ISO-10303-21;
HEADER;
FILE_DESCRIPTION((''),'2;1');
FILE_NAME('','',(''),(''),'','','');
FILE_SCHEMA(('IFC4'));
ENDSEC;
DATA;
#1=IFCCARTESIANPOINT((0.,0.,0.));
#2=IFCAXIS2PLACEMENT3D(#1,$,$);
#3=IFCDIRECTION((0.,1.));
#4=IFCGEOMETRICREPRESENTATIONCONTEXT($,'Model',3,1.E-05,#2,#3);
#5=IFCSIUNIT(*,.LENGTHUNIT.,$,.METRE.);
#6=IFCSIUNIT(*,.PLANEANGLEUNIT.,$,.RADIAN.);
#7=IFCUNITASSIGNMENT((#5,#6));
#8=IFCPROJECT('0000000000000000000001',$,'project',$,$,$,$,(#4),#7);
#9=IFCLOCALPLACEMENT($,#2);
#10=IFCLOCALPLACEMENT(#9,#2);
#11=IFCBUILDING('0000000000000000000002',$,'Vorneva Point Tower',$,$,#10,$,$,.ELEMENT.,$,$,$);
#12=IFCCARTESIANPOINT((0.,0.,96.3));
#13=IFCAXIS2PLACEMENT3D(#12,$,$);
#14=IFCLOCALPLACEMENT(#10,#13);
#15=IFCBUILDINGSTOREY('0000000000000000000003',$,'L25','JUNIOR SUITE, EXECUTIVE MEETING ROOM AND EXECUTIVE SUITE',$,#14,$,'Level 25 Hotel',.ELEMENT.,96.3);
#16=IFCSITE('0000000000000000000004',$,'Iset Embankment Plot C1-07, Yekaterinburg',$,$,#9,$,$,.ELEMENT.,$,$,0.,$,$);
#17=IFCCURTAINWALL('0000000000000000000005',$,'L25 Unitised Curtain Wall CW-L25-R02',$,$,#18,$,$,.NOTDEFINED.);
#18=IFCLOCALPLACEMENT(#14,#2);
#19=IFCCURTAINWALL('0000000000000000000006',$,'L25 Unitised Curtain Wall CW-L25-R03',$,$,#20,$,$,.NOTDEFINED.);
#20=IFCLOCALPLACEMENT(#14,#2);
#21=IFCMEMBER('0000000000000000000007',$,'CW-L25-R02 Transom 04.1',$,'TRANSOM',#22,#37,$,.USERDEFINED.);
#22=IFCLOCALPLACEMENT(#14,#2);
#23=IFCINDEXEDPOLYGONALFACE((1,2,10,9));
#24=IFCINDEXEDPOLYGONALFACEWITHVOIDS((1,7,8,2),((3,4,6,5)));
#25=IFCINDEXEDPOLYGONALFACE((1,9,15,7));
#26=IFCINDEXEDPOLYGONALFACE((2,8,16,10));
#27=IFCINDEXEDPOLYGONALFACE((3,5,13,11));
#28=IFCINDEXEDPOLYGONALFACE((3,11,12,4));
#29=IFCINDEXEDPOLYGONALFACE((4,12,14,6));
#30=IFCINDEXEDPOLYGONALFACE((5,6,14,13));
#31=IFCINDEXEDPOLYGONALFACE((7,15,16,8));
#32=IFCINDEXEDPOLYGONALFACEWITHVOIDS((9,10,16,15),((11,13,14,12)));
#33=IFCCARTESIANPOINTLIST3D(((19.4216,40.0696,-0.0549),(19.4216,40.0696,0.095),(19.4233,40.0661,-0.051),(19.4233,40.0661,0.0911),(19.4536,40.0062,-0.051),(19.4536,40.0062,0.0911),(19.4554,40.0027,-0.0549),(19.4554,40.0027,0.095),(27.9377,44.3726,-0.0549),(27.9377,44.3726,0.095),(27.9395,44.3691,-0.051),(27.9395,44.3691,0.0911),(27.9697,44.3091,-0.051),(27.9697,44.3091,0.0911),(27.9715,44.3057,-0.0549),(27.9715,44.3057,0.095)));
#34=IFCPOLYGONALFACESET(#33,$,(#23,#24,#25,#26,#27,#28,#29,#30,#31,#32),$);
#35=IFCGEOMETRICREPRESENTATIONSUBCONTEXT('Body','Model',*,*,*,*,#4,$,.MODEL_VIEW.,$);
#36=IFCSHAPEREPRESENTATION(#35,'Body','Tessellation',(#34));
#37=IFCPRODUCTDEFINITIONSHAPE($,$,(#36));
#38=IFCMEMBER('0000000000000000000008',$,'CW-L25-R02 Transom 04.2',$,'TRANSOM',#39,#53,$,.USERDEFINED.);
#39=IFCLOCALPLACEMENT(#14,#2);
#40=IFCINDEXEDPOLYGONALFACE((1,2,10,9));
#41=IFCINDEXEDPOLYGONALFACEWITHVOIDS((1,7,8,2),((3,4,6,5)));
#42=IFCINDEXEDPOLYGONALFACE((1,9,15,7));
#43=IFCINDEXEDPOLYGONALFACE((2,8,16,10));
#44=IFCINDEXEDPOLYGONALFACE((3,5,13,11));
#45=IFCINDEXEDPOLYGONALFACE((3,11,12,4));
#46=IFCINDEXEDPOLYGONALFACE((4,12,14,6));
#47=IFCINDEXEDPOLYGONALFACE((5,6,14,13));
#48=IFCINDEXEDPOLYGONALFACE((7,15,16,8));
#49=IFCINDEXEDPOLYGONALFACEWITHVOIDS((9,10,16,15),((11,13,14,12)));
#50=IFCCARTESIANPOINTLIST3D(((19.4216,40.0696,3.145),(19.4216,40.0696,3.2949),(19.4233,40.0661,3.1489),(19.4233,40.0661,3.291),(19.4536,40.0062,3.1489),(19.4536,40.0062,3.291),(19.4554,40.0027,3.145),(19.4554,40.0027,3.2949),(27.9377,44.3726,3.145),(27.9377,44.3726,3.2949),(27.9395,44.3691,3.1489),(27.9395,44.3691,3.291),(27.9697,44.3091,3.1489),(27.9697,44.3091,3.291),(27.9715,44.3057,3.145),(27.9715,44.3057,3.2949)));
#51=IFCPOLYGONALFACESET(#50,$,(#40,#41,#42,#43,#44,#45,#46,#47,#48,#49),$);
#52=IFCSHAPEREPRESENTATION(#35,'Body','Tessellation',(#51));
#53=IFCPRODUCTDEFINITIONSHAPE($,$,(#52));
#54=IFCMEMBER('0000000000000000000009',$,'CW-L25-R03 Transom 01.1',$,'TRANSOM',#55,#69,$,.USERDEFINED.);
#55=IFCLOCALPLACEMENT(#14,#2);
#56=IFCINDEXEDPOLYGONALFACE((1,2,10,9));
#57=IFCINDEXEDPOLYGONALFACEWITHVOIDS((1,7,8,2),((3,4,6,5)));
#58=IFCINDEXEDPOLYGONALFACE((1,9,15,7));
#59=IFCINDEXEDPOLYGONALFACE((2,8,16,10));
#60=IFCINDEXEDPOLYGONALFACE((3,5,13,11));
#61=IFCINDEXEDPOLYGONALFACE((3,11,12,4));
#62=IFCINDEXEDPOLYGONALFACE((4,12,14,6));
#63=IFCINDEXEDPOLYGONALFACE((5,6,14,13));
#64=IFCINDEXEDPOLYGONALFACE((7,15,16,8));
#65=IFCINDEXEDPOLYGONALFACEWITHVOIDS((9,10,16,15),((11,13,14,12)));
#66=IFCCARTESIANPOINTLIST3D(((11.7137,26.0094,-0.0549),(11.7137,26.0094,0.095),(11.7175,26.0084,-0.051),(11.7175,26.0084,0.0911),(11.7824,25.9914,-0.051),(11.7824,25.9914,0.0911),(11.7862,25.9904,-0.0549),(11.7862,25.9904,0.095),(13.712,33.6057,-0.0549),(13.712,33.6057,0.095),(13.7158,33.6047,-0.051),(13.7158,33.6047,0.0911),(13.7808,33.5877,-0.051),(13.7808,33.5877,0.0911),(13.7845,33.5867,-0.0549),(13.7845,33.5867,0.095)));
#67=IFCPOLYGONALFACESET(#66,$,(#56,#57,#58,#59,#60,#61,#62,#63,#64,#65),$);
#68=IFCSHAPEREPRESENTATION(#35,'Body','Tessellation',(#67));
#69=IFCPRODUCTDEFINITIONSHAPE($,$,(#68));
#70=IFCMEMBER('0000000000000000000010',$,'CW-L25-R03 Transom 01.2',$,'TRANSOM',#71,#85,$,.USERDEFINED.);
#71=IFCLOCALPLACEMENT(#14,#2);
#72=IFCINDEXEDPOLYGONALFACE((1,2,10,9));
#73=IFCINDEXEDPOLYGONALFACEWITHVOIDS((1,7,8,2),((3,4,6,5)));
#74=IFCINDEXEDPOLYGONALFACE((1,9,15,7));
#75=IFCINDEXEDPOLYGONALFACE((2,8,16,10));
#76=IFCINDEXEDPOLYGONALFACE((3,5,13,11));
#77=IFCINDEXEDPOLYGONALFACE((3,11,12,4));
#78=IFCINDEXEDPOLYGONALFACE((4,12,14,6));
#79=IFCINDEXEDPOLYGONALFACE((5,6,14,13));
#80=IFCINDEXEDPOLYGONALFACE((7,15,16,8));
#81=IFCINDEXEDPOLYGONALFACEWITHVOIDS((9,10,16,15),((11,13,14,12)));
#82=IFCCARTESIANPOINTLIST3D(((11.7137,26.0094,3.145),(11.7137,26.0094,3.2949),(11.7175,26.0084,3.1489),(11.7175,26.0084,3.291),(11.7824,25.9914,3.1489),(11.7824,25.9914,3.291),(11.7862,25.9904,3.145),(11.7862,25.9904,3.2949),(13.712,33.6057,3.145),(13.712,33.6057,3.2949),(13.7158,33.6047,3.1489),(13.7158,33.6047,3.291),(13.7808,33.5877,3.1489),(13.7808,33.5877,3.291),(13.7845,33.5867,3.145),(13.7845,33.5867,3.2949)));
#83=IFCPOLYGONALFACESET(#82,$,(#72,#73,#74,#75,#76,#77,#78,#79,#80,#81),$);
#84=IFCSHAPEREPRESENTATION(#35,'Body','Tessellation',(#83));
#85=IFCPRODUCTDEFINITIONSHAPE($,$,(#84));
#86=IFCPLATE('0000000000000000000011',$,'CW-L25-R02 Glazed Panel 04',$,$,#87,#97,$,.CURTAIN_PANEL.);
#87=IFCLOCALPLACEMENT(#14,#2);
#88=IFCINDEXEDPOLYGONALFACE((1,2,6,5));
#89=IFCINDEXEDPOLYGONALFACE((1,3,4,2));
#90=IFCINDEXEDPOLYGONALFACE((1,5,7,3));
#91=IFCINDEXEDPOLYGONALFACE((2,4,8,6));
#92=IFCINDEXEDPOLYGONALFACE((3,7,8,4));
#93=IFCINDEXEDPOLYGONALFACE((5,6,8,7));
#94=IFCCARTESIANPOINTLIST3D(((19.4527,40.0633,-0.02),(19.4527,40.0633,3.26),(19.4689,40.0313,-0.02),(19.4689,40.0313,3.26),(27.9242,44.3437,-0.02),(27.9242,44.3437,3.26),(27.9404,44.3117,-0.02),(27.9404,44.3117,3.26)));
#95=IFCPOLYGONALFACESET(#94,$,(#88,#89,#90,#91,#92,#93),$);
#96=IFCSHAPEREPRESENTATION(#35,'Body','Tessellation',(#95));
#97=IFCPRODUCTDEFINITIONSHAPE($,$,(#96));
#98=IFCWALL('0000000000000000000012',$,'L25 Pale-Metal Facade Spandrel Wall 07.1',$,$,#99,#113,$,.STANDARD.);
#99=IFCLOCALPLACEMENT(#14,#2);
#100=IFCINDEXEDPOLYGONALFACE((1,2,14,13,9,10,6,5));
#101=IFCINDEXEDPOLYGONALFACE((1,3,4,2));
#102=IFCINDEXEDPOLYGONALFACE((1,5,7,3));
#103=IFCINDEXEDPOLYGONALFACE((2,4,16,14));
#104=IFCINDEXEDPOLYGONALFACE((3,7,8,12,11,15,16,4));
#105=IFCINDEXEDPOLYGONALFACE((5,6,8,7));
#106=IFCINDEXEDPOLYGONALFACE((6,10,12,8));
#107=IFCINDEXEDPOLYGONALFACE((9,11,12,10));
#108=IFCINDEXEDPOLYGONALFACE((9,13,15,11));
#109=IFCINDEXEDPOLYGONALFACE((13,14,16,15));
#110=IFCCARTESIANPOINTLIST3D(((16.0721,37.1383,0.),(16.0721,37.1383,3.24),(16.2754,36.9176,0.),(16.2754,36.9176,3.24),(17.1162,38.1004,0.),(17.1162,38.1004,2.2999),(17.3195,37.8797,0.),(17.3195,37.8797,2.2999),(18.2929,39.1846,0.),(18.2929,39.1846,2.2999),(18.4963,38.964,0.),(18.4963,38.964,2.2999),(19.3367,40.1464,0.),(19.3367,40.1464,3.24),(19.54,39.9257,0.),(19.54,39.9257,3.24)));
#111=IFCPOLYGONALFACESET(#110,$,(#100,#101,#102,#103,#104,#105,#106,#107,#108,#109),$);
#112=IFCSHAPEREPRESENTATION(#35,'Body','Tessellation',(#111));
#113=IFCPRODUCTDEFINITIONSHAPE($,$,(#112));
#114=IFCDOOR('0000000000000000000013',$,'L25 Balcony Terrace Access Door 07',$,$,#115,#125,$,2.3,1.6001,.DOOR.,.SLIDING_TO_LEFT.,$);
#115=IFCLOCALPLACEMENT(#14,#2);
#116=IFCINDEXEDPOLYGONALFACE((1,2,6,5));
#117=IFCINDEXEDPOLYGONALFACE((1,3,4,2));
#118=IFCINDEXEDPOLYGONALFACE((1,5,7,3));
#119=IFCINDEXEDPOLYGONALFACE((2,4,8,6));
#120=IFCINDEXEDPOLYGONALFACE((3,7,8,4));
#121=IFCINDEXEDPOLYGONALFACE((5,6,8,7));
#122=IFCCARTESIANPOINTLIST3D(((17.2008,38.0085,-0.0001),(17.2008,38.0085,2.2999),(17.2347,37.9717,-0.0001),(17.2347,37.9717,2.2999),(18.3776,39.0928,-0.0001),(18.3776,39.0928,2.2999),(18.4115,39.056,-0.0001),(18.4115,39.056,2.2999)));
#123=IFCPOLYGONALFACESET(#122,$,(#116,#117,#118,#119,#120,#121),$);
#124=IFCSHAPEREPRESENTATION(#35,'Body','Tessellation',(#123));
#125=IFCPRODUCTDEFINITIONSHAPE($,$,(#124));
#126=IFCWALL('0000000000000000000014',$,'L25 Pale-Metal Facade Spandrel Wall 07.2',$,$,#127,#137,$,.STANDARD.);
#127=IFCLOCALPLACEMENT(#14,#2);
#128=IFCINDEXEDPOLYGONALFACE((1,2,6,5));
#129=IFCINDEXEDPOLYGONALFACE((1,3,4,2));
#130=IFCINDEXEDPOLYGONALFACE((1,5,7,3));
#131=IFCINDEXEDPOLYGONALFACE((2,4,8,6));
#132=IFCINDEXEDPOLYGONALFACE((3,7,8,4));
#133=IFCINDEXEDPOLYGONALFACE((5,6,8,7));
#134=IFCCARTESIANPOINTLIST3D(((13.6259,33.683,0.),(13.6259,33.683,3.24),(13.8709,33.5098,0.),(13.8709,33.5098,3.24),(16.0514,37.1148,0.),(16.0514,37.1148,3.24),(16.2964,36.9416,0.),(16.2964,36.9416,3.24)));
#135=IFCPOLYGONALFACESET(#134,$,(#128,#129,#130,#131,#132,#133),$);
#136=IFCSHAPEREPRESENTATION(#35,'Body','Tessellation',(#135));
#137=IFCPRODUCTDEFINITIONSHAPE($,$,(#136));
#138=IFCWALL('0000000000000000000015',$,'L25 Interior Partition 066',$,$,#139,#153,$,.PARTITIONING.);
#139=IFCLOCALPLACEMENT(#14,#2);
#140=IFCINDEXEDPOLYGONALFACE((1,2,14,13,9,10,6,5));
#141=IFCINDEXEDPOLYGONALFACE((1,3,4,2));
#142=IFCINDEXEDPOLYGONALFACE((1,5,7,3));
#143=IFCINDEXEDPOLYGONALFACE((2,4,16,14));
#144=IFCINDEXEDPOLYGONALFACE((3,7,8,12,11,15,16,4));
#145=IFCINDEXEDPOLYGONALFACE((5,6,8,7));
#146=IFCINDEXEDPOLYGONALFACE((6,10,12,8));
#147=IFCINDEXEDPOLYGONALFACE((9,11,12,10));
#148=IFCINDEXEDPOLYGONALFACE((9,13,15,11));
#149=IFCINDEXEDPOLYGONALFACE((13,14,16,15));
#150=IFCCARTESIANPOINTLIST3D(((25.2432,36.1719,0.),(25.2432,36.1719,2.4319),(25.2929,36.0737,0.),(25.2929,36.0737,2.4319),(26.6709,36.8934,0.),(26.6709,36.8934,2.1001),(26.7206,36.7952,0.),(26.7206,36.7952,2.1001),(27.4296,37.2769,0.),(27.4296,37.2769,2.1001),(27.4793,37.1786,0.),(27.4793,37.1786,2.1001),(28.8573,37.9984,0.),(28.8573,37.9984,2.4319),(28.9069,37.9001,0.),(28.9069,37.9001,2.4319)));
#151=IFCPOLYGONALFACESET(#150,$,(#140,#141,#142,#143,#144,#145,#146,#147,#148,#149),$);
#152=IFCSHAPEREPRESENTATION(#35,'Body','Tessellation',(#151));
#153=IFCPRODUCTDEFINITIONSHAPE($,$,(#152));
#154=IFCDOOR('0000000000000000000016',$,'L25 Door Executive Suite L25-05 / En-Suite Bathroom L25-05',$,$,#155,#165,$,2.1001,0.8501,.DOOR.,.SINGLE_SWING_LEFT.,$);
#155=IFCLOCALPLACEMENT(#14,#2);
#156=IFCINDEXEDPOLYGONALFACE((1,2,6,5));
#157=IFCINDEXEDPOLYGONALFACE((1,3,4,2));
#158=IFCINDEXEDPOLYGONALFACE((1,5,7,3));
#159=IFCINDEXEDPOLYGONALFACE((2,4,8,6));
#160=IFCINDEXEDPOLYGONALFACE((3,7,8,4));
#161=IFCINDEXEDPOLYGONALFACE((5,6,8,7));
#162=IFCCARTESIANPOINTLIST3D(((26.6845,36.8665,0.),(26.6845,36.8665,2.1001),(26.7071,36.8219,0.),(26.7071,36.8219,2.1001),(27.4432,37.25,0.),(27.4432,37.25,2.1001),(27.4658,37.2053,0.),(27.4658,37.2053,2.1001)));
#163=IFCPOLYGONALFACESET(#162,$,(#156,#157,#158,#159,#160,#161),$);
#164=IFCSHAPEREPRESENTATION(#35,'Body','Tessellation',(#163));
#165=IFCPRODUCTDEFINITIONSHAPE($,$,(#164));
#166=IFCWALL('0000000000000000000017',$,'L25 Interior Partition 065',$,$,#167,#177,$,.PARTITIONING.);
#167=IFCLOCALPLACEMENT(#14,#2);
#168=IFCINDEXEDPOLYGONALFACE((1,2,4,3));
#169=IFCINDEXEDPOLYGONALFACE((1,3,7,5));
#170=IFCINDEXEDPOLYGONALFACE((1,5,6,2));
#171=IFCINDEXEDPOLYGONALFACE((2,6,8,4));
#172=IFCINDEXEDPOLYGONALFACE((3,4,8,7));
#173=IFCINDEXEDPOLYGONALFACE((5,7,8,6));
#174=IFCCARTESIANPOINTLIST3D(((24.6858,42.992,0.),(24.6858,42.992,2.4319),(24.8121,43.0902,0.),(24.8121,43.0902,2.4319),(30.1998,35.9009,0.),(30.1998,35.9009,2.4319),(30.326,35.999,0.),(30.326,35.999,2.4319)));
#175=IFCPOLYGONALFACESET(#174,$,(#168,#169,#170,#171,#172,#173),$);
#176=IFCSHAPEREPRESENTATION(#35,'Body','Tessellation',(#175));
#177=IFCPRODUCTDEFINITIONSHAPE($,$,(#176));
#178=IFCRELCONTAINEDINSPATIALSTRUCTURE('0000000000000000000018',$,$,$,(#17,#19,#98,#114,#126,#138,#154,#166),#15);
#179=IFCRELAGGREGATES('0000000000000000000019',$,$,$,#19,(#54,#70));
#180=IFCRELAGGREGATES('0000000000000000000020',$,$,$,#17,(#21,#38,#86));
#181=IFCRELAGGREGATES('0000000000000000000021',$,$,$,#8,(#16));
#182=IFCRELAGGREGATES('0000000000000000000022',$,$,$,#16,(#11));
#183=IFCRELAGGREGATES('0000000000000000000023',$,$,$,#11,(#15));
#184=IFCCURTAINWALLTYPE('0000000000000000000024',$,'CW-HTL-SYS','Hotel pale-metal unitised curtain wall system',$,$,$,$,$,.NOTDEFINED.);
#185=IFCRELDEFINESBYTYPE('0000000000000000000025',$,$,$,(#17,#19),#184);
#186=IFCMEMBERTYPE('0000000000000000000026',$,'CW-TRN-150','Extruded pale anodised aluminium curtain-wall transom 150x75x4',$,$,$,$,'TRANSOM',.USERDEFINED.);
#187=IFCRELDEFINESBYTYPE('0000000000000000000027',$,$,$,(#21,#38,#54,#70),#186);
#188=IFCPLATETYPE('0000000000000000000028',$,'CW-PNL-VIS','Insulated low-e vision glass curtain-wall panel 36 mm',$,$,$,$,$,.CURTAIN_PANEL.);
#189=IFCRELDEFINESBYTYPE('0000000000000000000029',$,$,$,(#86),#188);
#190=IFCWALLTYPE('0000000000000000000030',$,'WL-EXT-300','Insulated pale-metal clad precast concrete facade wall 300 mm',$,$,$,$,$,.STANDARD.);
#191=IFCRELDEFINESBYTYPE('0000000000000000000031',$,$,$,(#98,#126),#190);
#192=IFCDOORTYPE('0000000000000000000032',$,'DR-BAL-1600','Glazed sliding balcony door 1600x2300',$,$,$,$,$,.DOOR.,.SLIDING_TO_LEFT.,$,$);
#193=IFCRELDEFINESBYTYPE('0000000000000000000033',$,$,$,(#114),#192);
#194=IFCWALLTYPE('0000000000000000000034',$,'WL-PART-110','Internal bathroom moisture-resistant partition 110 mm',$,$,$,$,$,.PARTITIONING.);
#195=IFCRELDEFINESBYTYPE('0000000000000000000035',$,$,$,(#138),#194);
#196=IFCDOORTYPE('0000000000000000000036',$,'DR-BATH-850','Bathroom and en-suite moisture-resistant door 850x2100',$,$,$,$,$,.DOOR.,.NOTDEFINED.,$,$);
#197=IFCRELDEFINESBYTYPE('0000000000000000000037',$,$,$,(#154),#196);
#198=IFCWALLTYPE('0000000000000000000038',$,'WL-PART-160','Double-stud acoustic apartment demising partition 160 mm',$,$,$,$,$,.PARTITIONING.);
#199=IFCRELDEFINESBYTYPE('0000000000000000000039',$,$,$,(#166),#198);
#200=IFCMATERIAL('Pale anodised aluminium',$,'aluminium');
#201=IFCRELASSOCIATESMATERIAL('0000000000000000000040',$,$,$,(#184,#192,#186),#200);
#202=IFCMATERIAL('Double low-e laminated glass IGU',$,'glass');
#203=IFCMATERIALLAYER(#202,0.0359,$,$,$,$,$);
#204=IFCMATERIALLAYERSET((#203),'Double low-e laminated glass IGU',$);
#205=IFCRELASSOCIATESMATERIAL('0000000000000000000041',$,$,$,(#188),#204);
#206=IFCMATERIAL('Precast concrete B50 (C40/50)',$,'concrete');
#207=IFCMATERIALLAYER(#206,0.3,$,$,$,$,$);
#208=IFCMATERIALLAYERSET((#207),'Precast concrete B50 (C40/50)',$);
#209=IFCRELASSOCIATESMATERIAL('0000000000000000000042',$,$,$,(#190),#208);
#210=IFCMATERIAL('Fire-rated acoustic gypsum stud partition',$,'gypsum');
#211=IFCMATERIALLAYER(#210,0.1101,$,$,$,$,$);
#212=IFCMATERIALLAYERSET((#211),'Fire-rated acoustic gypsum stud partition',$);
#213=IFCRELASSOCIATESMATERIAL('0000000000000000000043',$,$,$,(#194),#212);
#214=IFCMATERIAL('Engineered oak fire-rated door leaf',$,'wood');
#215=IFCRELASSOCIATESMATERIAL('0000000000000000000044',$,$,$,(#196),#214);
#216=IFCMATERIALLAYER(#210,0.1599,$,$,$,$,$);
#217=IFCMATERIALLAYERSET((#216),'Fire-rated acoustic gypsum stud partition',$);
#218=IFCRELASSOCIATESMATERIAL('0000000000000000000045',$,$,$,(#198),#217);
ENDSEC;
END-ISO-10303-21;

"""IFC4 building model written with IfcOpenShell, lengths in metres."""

from ifc_helpers import new_model, si_unit, direction, frame, frame_2d, origin, origin_2d, place, context, subcontext, project, spatial, rectangle, hollow_rectangle, extrude, material, layer, layer_set, material_profile, profile_set, type_object, element, fill, aggregate, save


model = new_model("IFC4")

# Units and contexts
model_context = context("Model", 3, precision=1e-05, world=origin(), true_north=direction((0.0, 1.0)))
body_context = subcontext(model_context, "Body", "Model", "MODEL_VIEW")
ifc_project = project(units=[si_unit("LENGTHUNIT", "METRE"), si_unit("PLANEANGLEUNIT", "RADIAN")], contexts=[model_context])

# Site, building, storey
site_placement = place(None, origin())
site = spatial("IfcSite", under=ifc_project, at=site_placement, Name="Iset Embankment Plot C1-07, Yekaterinburg", CompositionType="ELEMENT", RefElevation=0.0)
building_placement = place(site_placement, origin())
building = spatial("IfcBuilding", under=site, at=building_placement, Name="Vorneva Point Tower", CompositionType="ELEMENT")
storey_placement = place(building_placement, frame((0.0, 0.0, 96.3)))
storey = spatial("IfcBuildingStorey", under=building, at=storey_placement, Name="L25", Description="JUNIOR SUITE, EXECUTIVE MEETING ROOM AND EXECUTIVE SUITE", LongName="Level 25 Hotel", CompositionType="ELEMENT", Elevation=96.3)

# Curtain wall
ifc_material_1 = material(Name="Pale anodised aluminium", Category="aluminium")
curtain_wall_type = type_object("IfcCurtainWallType", Name="CW-HTL-SYS", Description="Hotel pale-metal unitised curtain wall system", PredefinedType="NOTDEFINED", material=ifc_material_1)
curtain_wall_1_placement = place(storey_placement, origin())
curtain_wall_1 = element("IfcCurtainWall", 1, at=curtain_wall_1_placement, inside=storey, type_object=curtain_wall_type, Name="L25 Unitised Curtain Wall CW-L25-R02", PredefinedType="NOTDEFINED")

# Curtain wall
curtain_wall_2_placement = place(storey_placement, origin())
curtain_wall_2 = element("IfcCurtainWall", 2, at=curtain_wall_2_placement, inside=storey, type_object=curtain_wall_type, Name="L25 Unitised Curtain Wall CW-L25-R03", PredefinedType="NOTDEFINED")

# Members
ifc_material_profile_1 = material_profile(ifc_material_1, hollow_rectangle(XDim=0.075, YDim=0.1499, WallThickness=0.0039, at=origin_2d()), Name="AL-TRN 150x75x4")
ifc_profile_set_1 = profile_set([ifc_material_profile_1], Name="Pale anodised aluminium")
member_type_1 = type_object("IfcMemberType", Name="CW-TRN-150", Description="Extruded pale anodised aluminium curtain-wall transom 150x75x4", ElementType="TRANSOM", PredefinedType="USERDEFINED", material=ifc_profile_set_1)
member_1_placement = place(storey_placement, frame((27.9546, 44.3391, 0.02), z_axis=(-0.892536, -0.450976, 0.0), x_axis=(0.450976, -0.892536, 0.0)))
member_1 = element("IfcMember", 3, at=member_1_placement, type_object=member_type_1, Name="CW-L25-R02 Transom 04.1", ObjectType="TRANSOM", PredefinedType="USERDEFINED", context=body_context, shape_type="SweptSolid", body=[
    extrude(hollow_rectangle(XDim=0.075, YDim=0.1499, WallThickness=0.0039, at=origin_2d()), origin(), (0.0, 0.0, 1.0), 9.5415),
])
member_2_placement = place(storey_placement, frame((27.9546, 44.3391, 3.22), z_axis=(-0.892536, -0.450976, 0.0), x_axis=(0.450976, -0.892536, 0.0)))
member_2 = element("IfcMember", 4, at=member_2_placement, type_object=member_type_1, Name="CW-L25-R02 Transom 04.2", ObjectType="TRANSOM", PredefinedType="USERDEFINED", context=body_context, shape_type="SweptSolid", body=[
    extrude(hollow_rectangle(XDim=0.075, YDim=0.1499, WallThickness=0.0039, at=origin_2d()), origin(), (0.0, 0.0, 1.0), 9.5415),
])
member_3_placement = place(storey_placement, frame((13.7483, 33.5962, 0.02), z_axis=(-0.254409, -0.967097, 0.0), x_axis=(0.967097, -0.254409, 0.0)))
member_3 = element("IfcMember", 5, at=member_3_placement, type_object=member_type_1, Name="CW-L25-R03 Transom 01.1", ObjectType="TRANSOM", PredefinedType="USERDEFINED", context=body_context, shape_type="SweptSolid", body=[
    extrude(hollow_rectangle(XDim=0.075, YDim=0.1499, WallThickness=0.0039, at=origin_2d()), origin(), (0.0, 0.0, 1.0), 7.8547),
])
member_4_placement = place(storey_placement, frame((13.7483, 33.5962, 3.22), z_axis=(-0.254409, -0.967097, 0.0), x_axis=(0.967097, -0.254409, 0.0)))
member_4 = element("IfcMember", 6, at=member_4_placement, type_object=member_type_1, Name="CW-L25-R03 Transom 01.2", ObjectType="TRANSOM", PredefinedType="USERDEFINED", context=body_context, shape_type="SweptSolid", body=[
    extrude(hollow_rectangle(XDim=0.075, YDim=0.1499, WallThickness=0.0039, at=origin_2d()), origin(), (0.0, 0.0, 1.0), 7.8547),
])
aggregate(curtain_wall_2, [member_3, member_4])

# Plate
ifc_material_2 = material(Name="Double low-e laminated glass IGU", Category="glass")
ifc_layer_1 = layer(ifc_material_2, 0.0359)
ifc_layer_set_1 = layer_set([ifc_layer_1], Name="Double low-e laminated glass IGU")
plate_type = type_object("IfcPlateType", Name="CW-PNL-VIS", Description="Insulated low-e vision glass curtain-wall panel 36 mm", PredefinedType="CURTAIN_PANEL", material=ifc_layer_set_1)
plate_placement = place(storey_placement, frame((23.6965, 42.1875, -0.02), z_axis=(0.0, 0.0, 1.0), x_axis=(-0.892539, -0.450971, 0.0)))
plate = element("IfcPlate", 7, at=plate_placement, type_object=plate_type, Name="CW-L25-R02 Glazed Panel 04", PredefinedType="CURTAIN_PANEL", context=body_context, shape_type="SweptSolid", body=[
    extrude(rectangle(XDim=9.4915, YDim=0.0359, at=origin_2d()), origin(), (0.0, 0.0, 1.0), 3.28),
])
aggregate(curtain_wall_1, [member_1, member_2, plate])

# Wall, opening, door
ifc_material_3 = material(Name="Precast concrete B50 (C40/50)", Category="concrete")
ifc_layer_2 = layer(ifc_material_3, 0.3)
ifc_layer_set_2 = layer_set([ifc_layer_2], Name="Precast concrete B50 (C40/50)")
wall_type_1 = type_object("IfcWallType", Name="WL-EXT-300", Description="Insulated pale-metal clad precast concrete facade wall 300 mm", PredefinedType="STANDARD", material=ifc_layer_set_2)
wall_1_placement = place(storey_placement, frame((19.4385, 40.0361, 0.0), z_axis=(0.0, 0.0, 1.0), x_axis=(-0.735417, -0.677615, 0.0)))
wall_1 = element("IfcWall", 8, at=wall_1_placement, inside=storey, type_object=wall_type_1, Name="L25 Pale-Metal Facade Spandrel Wall 07.1", PredefinedType="STANDARD", context=body_context, shape_type="SweptSolid", body=[
    extrude(rectangle(XDim=4.4392, YDim=0.3, at=frame_2d((2.2197, 0.0))), origin(), (0.0, 0.0, 1.0), 3.24),
])
opening_1_placement = place(wall_1_placement, frame((1.4194, 0.0, 0.0)))
opening_1 = element("IfcOpeningElement", 9, at=opening_1_placement, cuts=wall_1, PredefinedType="OPENING", context=body_context, shape_type="SweptSolid", body=[
    extrude(rectangle(XDim=1.6001, YDim=2.3, at=frame_2d((0.8, 1.1499))), frame((0.0, 0.165, 0.0), z_axis=(0.0, -1.0, 0.0), x_axis=(1.0, 0.0, 0.0)), (0.0, 0.0, 1.0), 0.3298),
])
door_type_1 = type_object("IfcDoorType", Name="DR-BAL-1600", Description="Glazed sliding balcony door 1600x2300", OperationType="SLIDING_TO_LEFT", PredefinedType="DOOR", material=ifc_material_1)
door_1_placement = place(opening_1_placement, origin())
door_1 = element("IfcDoor", 10, at=door_1_placement, inside=storey, type_object=door_type_1, Name="L25 Balcony Terrace Access Door 07", OperationType="SLIDING_TO_LEFT", OverallHeight=2.3, OverallWidth=1.6001, PredefinedType="DOOR", context=body_context, shape_type="SweptSolid", body=[
    extrude(rectangle(XDim=1.6001, YDim=2.3, at=frame_2d((0.8, 1.1499))), frame((0.0, 0.0249, 0.0), z_axis=(0.0, -1.0, 0.0), x_axis=(1.0, 0.0, 0.0)), (0.0, 0.0, 1.0), 0.05),
])
fill(opening_1, door_1)

# Wall
wall_2_placement = place(storey_placement, frame((16.1738, 37.0281, 0.0), z_axis=(0.0, 0.0, 1.0), x_axis=(-0.577164, -0.816628, 0.0)))
element("IfcWall", 11, at=wall_2_placement, inside=storey, type_object=wall_type_1, Name="L25 Pale-Metal Facade Spandrel Wall 07.2", PredefinedType="STANDARD", context=body_context, shape_type="SweptSolid", body=[
    extrude(rectangle(XDim=4.2024, YDim=0.3, at=frame_2d((2.1011, 0.0))), origin(), (0.0, 0.0, 1.0), 3.24),
])

# Wall, opening, door
ifc_material_4 = material(Name="Fire-rated acoustic gypsum stud partition", Category="gypsum")
ifc_layer_3 = layer(ifc_material_4, 0.1101)
ifc_layer_set_3 = layer_set([ifc_layer_3], Name="Fire-rated acoustic gypsum stud partition")
wall_type_2 = type_object("IfcWallType", Name="WL-PART-110", Description="Internal bathroom moisture-resistant partition 110 mm", PredefinedType="PARTITIONING", material=ifc_layer_set_3)
wall_3_placement = place(storey_placement, frame((25.2681, 36.1228, 0.0), z_axis=(0.0, 0.0, 1.0), x_axis=(0.892502, 0.451044, 0.0)))
wall_3 = element("IfcWall", 12, at=wall_3_placement, inside=storey, type_object=wall_type_2, Name="L25 Interior Partition 066", PredefinedType="PARTITIONING", context=body_context, shape_type="SweptSolid", body=[
    extrude(rectangle(XDim=4.0493, YDim=0.1101, at=frame_2d((2.0247, 0.0))), origin(), (0.0, 0.0, 1.0), 2.4319),
])
opening_2_placement = place(wall_3_placement, frame((1.5996, 0.0, 0.0)))
opening_2 = element("IfcOpeningElement", 13, at=opening_2_placement, cuts=wall_3, PredefinedType="OPENING", context=body_context, shape_type="SweptSolid", body=[
    extrude(rectangle(XDim=0.8501, YDim=2.1001, at=frame_2d((0.425, 1.05))), frame((0.0, 0.0698, 0.0), z_axis=(0.0, -1.0, 0.0), x_axis=(1.0, 0.0, 0.0)), (0.0, 0.0, 1.0), 0.1399),
])
ifc_material_5 = material(Name="Engineered oak fire-rated door leaf", Category="wood")
door_type_2 = type_object("IfcDoorType", Name="DR-BATH-850", Description="Bathroom and en-suite moisture-resistant door 850x2100", OperationType="NOTDEFINED", PredefinedType="DOOR", material=ifc_material_5)
door_2_placement = place(opening_2_placement, origin())
door_2 = element("IfcDoor", 14, at=door_2_placement, inside=storey, type_object=door_type_2, Name="L25 Door Executive Suite L25-05 / En-Suite Bathroom L25-05", OperationType="SINGLE_SWING_LEFT", OverallHeight=2.1001, OverallWidth=0.8501, PredefinedType="DOOR", context=body_context, shape_type="SweptSolid", body=[
    extrude(rectangle(XDim=0.8501, YDim=2.1001, at=frame_2d((0.425, 1.05))), frame((0.0, 0.0249, 0.0), z_axis=(0.0, -1.0, 0.0), x_axis=(1.0, 0.0, 0.0)), (0.0, 0.0, 1.0), 0.05),
])
fill(opening_2, door_2)

# Wall
ifc_layer_4 = layer(ifc_material_4, 0.1599)
ifc_layer_set_4 = layer_set([ifc_layer_4], Name="Fire-rated acoustic gypsum stud partition")
wall_type_3 = type_object("IfcWallType", Name="WL-PART-160", Description="Double-stud acoustic apartment demising partition 160 mm", PredefinedType="PARTITIONING", material=ifc_layer_set_4)
wall_4_placement = place(storey_placement, frame((24.749, 43.041, 0.0), z_axis=(0.0, 0.0, 1.0), x_axis=(0.613847, -0.789425, 0.0)))
element("IfcWall", 15, at=wall_4_placement, inside=storey, type_object=wall_type_3, Name="L25 Interior Partition 065", PredefinedType="PARTITIONING", context=body_context, shape_type="SweptSolid", body=[
    extrude(rectangle(XDim=8.9827, YDim=0.1599, at=frame_2d((4.4912, 0.0))), origin(), (0.0, 0.0, 1.0), 2.4319),
])

save(model, "model.ifc")
